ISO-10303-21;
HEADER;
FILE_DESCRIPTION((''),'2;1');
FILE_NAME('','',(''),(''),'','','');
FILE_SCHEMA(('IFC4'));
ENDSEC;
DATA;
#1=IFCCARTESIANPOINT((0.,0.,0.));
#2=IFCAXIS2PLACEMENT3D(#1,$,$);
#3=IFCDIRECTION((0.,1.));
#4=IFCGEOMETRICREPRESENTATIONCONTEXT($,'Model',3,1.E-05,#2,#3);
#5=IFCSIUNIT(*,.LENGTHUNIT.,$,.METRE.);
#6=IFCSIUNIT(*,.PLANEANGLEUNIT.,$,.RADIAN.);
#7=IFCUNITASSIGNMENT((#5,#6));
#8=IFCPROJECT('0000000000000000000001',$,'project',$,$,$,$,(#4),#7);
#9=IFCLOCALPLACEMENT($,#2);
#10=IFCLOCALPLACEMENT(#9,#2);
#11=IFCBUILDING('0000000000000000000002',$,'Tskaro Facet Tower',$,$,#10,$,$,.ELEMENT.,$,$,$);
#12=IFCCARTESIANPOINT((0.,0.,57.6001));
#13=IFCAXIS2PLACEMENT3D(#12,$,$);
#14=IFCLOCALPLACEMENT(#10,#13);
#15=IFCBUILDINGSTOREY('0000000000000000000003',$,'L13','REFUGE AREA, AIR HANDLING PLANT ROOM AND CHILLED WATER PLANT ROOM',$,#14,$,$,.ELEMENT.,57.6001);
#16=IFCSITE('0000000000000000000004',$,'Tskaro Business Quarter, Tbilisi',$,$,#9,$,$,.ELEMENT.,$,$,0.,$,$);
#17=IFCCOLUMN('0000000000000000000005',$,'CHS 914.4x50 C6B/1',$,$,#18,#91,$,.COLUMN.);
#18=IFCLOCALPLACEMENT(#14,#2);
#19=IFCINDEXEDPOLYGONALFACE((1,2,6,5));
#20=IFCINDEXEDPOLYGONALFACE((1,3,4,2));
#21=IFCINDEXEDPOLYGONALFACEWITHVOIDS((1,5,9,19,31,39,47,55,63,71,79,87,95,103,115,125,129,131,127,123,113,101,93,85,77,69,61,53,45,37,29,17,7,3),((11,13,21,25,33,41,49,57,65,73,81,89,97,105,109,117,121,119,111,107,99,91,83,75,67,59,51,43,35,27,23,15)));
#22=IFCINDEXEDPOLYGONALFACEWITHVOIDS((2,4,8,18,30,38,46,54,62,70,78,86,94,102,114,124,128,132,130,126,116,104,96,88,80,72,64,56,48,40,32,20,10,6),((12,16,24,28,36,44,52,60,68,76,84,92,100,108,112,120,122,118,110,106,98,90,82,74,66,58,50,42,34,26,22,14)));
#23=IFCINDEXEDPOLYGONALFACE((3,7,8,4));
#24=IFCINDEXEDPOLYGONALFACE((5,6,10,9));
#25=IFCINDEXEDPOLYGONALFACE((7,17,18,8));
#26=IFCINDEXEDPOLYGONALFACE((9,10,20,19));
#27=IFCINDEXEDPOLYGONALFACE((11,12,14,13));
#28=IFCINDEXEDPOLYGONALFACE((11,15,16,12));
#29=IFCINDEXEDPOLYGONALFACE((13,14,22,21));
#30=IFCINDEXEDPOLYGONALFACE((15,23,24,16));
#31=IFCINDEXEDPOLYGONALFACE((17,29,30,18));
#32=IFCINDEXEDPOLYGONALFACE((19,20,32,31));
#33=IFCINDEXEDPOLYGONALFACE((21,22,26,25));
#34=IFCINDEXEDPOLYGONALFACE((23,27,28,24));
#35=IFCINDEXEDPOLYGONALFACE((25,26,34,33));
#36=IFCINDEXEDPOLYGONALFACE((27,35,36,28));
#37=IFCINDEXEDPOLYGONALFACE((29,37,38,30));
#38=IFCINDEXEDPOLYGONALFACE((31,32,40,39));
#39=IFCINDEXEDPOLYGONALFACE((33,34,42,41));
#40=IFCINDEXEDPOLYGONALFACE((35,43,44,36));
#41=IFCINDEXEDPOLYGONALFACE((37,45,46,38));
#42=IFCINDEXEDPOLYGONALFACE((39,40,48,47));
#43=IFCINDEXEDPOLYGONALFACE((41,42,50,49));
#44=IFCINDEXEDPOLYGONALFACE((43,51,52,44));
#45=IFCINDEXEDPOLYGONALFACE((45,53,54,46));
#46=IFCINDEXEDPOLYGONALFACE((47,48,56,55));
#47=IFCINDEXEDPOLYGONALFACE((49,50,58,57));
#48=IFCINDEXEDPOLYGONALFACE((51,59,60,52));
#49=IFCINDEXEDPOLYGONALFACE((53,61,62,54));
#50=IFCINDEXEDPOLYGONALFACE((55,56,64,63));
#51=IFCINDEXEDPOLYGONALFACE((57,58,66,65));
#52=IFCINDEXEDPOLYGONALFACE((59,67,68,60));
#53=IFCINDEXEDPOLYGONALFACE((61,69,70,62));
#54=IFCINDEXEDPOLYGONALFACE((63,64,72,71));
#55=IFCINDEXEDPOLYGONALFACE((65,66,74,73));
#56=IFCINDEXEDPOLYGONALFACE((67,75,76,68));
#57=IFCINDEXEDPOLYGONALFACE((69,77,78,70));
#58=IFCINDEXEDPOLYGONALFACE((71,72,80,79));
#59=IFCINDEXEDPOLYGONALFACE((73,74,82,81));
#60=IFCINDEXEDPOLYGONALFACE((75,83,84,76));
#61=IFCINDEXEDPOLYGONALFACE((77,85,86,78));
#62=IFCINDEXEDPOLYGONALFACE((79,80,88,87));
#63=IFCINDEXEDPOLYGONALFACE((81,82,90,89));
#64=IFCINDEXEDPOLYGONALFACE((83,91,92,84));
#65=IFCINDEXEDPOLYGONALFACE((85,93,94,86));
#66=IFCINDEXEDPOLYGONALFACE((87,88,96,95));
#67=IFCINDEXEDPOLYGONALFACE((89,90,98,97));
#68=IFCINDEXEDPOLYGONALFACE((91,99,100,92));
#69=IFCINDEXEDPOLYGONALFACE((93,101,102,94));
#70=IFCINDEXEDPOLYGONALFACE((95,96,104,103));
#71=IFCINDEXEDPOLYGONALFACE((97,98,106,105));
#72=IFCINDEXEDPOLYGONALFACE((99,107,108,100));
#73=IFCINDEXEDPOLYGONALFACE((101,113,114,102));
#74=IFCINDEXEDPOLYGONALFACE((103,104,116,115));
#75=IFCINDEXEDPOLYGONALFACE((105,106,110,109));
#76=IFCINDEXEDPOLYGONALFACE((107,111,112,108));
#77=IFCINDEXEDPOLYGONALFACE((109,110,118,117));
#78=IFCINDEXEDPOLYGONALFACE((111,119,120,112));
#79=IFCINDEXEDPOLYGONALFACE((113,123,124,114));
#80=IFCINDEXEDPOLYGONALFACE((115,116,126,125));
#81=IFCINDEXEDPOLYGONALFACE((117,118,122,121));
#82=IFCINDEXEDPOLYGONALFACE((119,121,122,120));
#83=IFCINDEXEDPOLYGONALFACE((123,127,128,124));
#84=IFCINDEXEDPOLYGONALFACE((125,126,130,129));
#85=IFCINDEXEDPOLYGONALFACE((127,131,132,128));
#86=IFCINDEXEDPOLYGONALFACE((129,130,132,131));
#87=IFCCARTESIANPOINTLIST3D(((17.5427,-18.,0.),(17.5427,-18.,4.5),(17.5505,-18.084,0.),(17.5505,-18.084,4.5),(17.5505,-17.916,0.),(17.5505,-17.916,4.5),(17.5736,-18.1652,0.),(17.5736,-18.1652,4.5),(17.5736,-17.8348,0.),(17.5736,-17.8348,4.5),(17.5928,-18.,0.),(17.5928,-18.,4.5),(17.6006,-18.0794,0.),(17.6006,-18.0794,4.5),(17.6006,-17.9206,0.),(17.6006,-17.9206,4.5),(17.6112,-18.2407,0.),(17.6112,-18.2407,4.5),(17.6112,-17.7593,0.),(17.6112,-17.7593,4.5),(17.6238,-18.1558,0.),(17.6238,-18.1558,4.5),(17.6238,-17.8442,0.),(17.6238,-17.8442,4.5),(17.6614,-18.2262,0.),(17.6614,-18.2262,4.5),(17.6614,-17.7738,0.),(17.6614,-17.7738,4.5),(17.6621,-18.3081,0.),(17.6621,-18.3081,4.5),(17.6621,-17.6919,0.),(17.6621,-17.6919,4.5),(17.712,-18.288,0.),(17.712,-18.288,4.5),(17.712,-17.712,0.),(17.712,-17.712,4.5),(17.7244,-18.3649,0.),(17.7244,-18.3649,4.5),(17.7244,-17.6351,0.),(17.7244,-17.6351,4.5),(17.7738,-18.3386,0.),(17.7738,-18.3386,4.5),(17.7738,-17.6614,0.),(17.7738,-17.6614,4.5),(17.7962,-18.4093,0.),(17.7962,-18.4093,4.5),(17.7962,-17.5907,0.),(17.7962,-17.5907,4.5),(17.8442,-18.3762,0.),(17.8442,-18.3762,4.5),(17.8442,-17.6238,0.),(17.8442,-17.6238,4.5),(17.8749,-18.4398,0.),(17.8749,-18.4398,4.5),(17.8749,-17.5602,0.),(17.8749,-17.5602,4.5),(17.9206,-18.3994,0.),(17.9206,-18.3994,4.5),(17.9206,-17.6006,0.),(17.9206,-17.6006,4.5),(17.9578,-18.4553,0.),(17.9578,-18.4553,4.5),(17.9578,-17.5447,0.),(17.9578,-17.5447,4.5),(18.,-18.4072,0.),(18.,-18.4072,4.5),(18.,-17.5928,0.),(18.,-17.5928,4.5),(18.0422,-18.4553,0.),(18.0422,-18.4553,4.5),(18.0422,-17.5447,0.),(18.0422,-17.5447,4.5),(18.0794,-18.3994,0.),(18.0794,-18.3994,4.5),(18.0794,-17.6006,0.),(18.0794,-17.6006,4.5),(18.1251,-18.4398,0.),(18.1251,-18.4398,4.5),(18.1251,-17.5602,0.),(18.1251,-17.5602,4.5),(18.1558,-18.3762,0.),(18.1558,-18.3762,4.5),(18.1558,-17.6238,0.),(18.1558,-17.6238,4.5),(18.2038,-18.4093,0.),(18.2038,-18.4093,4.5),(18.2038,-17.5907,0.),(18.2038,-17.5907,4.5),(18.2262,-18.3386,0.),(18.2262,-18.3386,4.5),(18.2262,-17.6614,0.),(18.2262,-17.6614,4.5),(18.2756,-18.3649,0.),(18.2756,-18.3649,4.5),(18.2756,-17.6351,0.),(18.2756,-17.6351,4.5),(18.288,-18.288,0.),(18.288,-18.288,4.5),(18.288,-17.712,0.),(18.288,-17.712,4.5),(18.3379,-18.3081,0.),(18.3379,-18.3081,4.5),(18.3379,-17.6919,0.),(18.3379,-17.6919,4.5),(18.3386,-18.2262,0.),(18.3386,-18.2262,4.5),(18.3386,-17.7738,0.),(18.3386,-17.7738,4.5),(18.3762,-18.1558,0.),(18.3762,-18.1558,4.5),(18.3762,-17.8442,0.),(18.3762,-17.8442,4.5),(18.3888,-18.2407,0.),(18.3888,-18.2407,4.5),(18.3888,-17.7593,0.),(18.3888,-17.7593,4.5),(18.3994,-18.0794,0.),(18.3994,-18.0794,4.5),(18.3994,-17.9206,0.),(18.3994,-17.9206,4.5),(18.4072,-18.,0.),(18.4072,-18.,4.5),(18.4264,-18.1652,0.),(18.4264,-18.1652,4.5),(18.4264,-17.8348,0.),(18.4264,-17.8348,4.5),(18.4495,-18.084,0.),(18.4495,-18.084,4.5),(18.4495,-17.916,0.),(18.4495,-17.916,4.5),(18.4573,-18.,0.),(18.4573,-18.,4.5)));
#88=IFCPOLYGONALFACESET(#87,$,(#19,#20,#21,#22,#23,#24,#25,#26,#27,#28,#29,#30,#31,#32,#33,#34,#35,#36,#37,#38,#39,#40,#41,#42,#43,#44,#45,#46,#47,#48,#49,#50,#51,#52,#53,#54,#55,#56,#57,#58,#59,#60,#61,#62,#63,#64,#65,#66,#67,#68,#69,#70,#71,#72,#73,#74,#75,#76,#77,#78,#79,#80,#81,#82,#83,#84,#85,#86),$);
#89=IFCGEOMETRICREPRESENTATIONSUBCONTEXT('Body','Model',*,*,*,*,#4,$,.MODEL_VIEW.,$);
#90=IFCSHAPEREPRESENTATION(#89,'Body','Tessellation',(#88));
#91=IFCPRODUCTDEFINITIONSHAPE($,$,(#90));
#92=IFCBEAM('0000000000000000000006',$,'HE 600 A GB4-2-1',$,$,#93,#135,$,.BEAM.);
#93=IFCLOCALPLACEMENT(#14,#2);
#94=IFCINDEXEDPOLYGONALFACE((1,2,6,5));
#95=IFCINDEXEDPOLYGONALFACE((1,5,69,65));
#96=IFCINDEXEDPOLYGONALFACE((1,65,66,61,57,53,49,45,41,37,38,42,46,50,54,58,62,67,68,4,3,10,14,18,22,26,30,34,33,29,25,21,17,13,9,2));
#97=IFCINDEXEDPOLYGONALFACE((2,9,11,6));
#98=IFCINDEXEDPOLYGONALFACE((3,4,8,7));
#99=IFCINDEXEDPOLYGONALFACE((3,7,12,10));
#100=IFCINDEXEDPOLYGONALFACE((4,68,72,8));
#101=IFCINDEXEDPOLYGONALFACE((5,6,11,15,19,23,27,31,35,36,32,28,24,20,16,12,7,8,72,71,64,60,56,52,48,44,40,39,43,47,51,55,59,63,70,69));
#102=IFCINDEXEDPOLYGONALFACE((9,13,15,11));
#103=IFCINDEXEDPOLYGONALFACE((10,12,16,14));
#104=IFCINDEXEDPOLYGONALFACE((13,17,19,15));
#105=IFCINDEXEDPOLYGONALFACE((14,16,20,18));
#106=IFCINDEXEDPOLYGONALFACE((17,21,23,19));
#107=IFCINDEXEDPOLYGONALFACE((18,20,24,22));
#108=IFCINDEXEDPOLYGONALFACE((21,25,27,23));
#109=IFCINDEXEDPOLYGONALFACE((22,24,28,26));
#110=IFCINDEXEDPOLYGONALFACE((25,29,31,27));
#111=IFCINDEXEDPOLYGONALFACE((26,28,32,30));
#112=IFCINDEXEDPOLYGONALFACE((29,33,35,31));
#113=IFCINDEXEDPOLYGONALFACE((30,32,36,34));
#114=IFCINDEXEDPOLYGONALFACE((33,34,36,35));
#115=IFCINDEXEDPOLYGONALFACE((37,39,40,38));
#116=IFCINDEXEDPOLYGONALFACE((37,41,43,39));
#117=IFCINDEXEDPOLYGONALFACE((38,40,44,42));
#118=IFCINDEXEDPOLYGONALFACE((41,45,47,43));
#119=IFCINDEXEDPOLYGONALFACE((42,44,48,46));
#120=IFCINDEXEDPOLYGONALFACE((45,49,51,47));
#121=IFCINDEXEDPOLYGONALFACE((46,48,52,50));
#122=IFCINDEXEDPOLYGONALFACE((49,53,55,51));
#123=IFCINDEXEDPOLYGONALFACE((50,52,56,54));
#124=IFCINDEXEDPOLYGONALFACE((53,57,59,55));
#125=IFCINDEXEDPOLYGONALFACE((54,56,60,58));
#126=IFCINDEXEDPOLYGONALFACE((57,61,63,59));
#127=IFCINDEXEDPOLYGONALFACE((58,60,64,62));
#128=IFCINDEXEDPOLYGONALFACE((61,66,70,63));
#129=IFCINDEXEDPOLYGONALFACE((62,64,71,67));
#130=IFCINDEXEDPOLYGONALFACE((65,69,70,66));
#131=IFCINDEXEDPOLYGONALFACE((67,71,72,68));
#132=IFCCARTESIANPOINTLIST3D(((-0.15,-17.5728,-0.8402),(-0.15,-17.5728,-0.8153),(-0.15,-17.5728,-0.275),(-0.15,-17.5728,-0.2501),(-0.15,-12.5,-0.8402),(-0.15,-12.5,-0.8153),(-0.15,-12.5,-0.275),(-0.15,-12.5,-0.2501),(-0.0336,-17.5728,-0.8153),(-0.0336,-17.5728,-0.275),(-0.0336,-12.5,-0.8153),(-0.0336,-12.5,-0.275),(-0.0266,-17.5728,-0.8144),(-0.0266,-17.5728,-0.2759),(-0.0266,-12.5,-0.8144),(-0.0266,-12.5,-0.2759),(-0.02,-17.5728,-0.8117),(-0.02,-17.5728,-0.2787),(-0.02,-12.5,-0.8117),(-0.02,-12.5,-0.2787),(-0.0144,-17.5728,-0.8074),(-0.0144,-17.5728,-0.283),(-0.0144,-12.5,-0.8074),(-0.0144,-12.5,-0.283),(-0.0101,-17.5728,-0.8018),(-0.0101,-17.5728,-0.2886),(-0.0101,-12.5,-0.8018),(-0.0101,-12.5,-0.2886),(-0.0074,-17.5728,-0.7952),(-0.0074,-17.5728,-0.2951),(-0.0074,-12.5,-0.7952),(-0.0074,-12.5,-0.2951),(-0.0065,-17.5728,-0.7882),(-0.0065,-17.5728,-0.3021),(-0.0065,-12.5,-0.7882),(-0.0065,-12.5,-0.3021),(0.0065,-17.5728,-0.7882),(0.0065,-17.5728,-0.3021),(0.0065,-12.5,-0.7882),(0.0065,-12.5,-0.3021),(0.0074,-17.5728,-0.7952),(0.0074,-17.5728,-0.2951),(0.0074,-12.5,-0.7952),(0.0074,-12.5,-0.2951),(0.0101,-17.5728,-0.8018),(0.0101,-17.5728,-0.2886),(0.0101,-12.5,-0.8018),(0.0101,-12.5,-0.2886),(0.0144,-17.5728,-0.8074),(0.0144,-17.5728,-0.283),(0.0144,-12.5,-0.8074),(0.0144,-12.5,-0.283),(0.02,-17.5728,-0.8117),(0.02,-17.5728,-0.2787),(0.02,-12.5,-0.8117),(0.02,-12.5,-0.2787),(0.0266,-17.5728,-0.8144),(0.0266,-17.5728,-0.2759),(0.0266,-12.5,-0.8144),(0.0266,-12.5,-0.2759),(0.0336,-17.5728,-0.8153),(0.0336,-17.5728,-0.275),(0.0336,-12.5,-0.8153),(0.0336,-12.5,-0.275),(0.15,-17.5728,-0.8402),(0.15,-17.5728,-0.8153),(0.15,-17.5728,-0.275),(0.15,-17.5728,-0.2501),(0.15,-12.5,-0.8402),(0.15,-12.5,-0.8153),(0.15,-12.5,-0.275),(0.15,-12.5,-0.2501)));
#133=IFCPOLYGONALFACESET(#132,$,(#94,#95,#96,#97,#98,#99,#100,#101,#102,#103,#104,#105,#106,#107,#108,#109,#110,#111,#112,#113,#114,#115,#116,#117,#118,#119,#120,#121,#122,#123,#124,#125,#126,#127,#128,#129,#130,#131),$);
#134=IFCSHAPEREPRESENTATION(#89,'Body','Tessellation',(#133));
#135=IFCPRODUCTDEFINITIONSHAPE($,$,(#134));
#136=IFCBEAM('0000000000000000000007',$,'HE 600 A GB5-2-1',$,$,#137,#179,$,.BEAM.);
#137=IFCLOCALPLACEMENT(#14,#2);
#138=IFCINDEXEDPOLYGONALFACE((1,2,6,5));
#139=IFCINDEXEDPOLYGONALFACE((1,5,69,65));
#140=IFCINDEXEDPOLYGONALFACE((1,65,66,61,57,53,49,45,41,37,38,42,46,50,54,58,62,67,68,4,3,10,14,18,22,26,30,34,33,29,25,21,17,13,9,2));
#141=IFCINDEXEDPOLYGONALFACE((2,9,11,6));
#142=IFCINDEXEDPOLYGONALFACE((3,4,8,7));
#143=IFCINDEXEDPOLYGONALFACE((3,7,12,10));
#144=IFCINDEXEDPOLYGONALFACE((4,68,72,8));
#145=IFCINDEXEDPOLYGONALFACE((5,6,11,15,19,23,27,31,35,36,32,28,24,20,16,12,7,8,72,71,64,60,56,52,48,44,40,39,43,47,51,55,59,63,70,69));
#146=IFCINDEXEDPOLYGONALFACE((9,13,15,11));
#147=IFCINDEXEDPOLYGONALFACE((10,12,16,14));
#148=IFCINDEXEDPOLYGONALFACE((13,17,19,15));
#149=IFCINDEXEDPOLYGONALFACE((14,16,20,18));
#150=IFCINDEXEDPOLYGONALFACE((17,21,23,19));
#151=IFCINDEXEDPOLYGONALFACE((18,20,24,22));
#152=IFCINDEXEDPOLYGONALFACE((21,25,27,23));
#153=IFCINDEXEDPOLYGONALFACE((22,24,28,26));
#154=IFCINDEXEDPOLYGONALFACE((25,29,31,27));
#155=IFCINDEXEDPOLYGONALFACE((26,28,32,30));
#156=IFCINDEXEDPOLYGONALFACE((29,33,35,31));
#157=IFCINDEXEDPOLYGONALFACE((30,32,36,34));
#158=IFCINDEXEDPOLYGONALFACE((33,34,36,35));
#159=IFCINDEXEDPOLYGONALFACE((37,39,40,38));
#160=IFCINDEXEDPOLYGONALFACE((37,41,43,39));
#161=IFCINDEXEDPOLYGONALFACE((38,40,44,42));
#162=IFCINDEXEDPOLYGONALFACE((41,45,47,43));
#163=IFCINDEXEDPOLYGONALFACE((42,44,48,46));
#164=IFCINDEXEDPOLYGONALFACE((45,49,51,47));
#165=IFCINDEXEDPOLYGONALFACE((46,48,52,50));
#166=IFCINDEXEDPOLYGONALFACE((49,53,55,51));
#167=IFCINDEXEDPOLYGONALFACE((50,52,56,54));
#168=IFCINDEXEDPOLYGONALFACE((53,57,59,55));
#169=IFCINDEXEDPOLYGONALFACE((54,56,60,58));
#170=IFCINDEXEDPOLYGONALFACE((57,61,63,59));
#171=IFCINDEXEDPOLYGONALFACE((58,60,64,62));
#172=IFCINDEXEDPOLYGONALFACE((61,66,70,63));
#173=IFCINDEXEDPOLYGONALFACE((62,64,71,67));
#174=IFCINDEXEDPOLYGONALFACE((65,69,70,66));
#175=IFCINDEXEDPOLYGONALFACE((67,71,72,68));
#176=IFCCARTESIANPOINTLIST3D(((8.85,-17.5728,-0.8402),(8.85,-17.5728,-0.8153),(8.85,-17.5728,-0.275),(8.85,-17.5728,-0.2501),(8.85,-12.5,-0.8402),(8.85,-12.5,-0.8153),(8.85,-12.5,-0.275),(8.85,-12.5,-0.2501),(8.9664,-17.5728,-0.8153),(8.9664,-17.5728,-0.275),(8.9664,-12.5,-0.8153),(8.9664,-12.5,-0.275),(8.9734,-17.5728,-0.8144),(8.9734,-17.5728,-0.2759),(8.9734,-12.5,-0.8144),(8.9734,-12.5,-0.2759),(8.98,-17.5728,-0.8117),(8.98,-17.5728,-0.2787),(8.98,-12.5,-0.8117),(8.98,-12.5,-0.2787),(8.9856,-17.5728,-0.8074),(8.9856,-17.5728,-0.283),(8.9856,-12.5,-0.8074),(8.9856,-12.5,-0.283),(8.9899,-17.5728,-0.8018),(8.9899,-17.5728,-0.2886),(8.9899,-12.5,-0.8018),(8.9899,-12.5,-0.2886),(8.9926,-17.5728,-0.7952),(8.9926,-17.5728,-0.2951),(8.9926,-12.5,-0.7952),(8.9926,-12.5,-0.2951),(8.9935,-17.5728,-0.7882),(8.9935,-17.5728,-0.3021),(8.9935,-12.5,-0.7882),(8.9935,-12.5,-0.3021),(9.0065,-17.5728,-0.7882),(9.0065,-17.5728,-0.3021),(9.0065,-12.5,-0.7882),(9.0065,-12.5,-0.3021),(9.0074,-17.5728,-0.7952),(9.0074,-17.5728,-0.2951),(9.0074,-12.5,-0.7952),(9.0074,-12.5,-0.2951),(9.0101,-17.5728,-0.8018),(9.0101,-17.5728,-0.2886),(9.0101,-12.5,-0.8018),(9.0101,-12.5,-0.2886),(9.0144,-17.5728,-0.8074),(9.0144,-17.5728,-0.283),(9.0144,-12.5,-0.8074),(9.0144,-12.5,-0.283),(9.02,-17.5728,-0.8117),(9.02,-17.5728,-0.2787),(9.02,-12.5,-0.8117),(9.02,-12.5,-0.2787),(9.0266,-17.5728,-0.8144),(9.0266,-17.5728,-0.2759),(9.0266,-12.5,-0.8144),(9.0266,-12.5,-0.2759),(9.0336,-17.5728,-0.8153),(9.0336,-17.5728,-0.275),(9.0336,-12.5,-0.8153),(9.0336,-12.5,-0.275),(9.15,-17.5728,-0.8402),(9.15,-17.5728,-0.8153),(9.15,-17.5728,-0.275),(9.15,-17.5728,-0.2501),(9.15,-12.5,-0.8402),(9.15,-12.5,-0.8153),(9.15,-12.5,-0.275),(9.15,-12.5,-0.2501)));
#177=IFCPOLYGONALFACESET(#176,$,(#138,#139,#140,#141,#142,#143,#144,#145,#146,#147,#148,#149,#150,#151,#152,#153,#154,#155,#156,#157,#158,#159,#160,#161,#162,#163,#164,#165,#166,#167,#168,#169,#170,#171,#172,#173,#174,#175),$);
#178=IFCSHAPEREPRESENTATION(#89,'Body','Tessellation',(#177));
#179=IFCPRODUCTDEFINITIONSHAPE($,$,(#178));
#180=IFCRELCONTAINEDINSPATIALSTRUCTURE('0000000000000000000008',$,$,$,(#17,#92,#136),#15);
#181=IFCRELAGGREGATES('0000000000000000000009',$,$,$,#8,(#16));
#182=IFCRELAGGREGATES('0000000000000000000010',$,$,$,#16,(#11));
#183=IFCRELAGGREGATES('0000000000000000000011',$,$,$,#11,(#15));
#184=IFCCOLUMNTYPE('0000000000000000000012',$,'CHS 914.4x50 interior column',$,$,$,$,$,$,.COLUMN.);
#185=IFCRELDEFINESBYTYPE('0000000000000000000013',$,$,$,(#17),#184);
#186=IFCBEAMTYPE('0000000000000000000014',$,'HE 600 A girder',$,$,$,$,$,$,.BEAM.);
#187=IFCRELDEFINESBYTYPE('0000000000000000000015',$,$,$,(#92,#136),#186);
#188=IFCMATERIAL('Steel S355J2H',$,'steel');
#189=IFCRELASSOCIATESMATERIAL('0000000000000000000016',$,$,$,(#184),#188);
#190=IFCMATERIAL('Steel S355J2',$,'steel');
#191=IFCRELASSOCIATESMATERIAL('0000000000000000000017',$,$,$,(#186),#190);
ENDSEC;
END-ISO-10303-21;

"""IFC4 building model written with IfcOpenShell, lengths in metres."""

from ifc_helpers import new_model, si_unit, direction, frame, origin, origin_2d, place, context, subcontext, project, spatial, hollow_circle, i_section, extrude, material, material_profile, profile_set, type_object, element, save


model = new_model("IFC4")

# Units and contexts
model_context = context("Model", 3, precision=1e-05, world=origin(), true_north=direction((0.0, 1.0)))
body_context = subcontext(model_context, "Body", "Model", "MODEL_VIEW")
ifc_project = project(units=[si_unit("LENGTHUNIT", "METRE"), si_unit("PLANEANGLEUNIT", "RADIAN")], contexts=[model_context])

# Site, building, storey
site_placement = place(None, origin())
site = spatial("IfcSite", under=ifc_project, at=site_placement, Name="Tskaro Business Quarter, Tbilisi", CompositionType="ELEMENT", RefElevation=0.0)
building_placement = place(site_placement, origin())
building = spatial("IfcBuilding", under=site, at=building_placement, Name="Tskaro Facet Tower", CompositionType="ELEMENT")
storey_placement = place(building_placement, frame((0.0, 0.0, 57.6001)))
storey = spatial("IfcBuildingStorey", under=building, at=storey_placement, Name="L13", Description="REFUGE AREA, AIR HANDLING PLANT ROOM AND CHILLED WATER PLANT ROOM", CompositionType="ELEMENT", Elevation=57.6001)

# Column
ifc_material_1 = material(Name="Steel S355J2H", Category="steel")
ifc_material_profile_1 = material_profile(ifc_material_1, hollow_circle(Radius=0.4573, WallThickness=0.05, at=origin_2d()), Name="CHS 914.4x50")
ifc_profile_set_1 = profile_set([ifc_material_profile_1], Name="Steel S355J2H")
column_type = type_object("IfcColumnType", Name="CHS 914.4x50 interior column", PredefinedType="COLUMN", material=ifc_profile_set_1)
for number, where, z_axis, x_axis, name in (
    (1, (18.0, -18.0, 0.0), (0.0, 0.0, 1.0), (1.0, 0.0, 0.0), "CHS 914.4x50 C6B/1"),
):
    element("IfcColumn", number, at=place(storey_placement, frame(where, z_axis=z_axis, x_axis=x_axis)), inside=storey, type_object=column_type, Name=name, PredefinedType="COLUMN", context=body_context, shape_type="SweptSolid", body=[
        extrude(hollow_circle(Radius=0.4573, WallThickness=0.05, at=origin_2d()), origin(), (0.0, 0.0, 1.0), 4.5),
    ])

# Beams
ifc_material_2 = material(Name="Steel S355J2", Category="steel")
ifc_material_profile_2 = material_profile(ifc_material_2, i_section(OverallWidth=0.3, OverallDepth=0.5901, WebThickness=0.0129, FlangeThickness=0.0249, FilletRadius=0.0271, at=origin_2d()), Name="HE 600 A")
ifc_profile_set_2 = profile_set([ifc_material_profile_2], Name="Steel S355J2")
beam_type_1 = type_object("IfcBeamType", Name="HE 600 A girder", PredefinedType="BEAM", material=ifc_profile_set_2)
for number, where, z_axis, x_axis, name in (
    (2, (0.0, -17.5728, -0.5452), (0.0, 1.0, 0.0), (-1.0, 0.0, 0.0), "HE 600 A GB4-2-1"),
    (3, (9.0, -17.5728, -0.5452), (0.0, 1.0, 0.0), (-1.0, 0.0, 0.0), "HE 600 A GB5-2-1"),
):
    element("IfcBeam", number, at=place(storey_placement, frame(where, z_axis=z_axis, x_axis=x_axis)), inside=storey, type_object=beam_type_1, Name=name, PredefinedType="BEAM", context=body_context, shape_type="SweptSolid", body=[
        extrude(i_section(OverallWidth=0.3, OverallDepth=0.5901, WebThickness=0.0129, FlangeThickness=0.0249, FilletRadius=0.0271, at=origin_2d()), origin(), (0.0, 0.0, 1.0), 5.0728),
    ])

save(model, "model.ifc")
